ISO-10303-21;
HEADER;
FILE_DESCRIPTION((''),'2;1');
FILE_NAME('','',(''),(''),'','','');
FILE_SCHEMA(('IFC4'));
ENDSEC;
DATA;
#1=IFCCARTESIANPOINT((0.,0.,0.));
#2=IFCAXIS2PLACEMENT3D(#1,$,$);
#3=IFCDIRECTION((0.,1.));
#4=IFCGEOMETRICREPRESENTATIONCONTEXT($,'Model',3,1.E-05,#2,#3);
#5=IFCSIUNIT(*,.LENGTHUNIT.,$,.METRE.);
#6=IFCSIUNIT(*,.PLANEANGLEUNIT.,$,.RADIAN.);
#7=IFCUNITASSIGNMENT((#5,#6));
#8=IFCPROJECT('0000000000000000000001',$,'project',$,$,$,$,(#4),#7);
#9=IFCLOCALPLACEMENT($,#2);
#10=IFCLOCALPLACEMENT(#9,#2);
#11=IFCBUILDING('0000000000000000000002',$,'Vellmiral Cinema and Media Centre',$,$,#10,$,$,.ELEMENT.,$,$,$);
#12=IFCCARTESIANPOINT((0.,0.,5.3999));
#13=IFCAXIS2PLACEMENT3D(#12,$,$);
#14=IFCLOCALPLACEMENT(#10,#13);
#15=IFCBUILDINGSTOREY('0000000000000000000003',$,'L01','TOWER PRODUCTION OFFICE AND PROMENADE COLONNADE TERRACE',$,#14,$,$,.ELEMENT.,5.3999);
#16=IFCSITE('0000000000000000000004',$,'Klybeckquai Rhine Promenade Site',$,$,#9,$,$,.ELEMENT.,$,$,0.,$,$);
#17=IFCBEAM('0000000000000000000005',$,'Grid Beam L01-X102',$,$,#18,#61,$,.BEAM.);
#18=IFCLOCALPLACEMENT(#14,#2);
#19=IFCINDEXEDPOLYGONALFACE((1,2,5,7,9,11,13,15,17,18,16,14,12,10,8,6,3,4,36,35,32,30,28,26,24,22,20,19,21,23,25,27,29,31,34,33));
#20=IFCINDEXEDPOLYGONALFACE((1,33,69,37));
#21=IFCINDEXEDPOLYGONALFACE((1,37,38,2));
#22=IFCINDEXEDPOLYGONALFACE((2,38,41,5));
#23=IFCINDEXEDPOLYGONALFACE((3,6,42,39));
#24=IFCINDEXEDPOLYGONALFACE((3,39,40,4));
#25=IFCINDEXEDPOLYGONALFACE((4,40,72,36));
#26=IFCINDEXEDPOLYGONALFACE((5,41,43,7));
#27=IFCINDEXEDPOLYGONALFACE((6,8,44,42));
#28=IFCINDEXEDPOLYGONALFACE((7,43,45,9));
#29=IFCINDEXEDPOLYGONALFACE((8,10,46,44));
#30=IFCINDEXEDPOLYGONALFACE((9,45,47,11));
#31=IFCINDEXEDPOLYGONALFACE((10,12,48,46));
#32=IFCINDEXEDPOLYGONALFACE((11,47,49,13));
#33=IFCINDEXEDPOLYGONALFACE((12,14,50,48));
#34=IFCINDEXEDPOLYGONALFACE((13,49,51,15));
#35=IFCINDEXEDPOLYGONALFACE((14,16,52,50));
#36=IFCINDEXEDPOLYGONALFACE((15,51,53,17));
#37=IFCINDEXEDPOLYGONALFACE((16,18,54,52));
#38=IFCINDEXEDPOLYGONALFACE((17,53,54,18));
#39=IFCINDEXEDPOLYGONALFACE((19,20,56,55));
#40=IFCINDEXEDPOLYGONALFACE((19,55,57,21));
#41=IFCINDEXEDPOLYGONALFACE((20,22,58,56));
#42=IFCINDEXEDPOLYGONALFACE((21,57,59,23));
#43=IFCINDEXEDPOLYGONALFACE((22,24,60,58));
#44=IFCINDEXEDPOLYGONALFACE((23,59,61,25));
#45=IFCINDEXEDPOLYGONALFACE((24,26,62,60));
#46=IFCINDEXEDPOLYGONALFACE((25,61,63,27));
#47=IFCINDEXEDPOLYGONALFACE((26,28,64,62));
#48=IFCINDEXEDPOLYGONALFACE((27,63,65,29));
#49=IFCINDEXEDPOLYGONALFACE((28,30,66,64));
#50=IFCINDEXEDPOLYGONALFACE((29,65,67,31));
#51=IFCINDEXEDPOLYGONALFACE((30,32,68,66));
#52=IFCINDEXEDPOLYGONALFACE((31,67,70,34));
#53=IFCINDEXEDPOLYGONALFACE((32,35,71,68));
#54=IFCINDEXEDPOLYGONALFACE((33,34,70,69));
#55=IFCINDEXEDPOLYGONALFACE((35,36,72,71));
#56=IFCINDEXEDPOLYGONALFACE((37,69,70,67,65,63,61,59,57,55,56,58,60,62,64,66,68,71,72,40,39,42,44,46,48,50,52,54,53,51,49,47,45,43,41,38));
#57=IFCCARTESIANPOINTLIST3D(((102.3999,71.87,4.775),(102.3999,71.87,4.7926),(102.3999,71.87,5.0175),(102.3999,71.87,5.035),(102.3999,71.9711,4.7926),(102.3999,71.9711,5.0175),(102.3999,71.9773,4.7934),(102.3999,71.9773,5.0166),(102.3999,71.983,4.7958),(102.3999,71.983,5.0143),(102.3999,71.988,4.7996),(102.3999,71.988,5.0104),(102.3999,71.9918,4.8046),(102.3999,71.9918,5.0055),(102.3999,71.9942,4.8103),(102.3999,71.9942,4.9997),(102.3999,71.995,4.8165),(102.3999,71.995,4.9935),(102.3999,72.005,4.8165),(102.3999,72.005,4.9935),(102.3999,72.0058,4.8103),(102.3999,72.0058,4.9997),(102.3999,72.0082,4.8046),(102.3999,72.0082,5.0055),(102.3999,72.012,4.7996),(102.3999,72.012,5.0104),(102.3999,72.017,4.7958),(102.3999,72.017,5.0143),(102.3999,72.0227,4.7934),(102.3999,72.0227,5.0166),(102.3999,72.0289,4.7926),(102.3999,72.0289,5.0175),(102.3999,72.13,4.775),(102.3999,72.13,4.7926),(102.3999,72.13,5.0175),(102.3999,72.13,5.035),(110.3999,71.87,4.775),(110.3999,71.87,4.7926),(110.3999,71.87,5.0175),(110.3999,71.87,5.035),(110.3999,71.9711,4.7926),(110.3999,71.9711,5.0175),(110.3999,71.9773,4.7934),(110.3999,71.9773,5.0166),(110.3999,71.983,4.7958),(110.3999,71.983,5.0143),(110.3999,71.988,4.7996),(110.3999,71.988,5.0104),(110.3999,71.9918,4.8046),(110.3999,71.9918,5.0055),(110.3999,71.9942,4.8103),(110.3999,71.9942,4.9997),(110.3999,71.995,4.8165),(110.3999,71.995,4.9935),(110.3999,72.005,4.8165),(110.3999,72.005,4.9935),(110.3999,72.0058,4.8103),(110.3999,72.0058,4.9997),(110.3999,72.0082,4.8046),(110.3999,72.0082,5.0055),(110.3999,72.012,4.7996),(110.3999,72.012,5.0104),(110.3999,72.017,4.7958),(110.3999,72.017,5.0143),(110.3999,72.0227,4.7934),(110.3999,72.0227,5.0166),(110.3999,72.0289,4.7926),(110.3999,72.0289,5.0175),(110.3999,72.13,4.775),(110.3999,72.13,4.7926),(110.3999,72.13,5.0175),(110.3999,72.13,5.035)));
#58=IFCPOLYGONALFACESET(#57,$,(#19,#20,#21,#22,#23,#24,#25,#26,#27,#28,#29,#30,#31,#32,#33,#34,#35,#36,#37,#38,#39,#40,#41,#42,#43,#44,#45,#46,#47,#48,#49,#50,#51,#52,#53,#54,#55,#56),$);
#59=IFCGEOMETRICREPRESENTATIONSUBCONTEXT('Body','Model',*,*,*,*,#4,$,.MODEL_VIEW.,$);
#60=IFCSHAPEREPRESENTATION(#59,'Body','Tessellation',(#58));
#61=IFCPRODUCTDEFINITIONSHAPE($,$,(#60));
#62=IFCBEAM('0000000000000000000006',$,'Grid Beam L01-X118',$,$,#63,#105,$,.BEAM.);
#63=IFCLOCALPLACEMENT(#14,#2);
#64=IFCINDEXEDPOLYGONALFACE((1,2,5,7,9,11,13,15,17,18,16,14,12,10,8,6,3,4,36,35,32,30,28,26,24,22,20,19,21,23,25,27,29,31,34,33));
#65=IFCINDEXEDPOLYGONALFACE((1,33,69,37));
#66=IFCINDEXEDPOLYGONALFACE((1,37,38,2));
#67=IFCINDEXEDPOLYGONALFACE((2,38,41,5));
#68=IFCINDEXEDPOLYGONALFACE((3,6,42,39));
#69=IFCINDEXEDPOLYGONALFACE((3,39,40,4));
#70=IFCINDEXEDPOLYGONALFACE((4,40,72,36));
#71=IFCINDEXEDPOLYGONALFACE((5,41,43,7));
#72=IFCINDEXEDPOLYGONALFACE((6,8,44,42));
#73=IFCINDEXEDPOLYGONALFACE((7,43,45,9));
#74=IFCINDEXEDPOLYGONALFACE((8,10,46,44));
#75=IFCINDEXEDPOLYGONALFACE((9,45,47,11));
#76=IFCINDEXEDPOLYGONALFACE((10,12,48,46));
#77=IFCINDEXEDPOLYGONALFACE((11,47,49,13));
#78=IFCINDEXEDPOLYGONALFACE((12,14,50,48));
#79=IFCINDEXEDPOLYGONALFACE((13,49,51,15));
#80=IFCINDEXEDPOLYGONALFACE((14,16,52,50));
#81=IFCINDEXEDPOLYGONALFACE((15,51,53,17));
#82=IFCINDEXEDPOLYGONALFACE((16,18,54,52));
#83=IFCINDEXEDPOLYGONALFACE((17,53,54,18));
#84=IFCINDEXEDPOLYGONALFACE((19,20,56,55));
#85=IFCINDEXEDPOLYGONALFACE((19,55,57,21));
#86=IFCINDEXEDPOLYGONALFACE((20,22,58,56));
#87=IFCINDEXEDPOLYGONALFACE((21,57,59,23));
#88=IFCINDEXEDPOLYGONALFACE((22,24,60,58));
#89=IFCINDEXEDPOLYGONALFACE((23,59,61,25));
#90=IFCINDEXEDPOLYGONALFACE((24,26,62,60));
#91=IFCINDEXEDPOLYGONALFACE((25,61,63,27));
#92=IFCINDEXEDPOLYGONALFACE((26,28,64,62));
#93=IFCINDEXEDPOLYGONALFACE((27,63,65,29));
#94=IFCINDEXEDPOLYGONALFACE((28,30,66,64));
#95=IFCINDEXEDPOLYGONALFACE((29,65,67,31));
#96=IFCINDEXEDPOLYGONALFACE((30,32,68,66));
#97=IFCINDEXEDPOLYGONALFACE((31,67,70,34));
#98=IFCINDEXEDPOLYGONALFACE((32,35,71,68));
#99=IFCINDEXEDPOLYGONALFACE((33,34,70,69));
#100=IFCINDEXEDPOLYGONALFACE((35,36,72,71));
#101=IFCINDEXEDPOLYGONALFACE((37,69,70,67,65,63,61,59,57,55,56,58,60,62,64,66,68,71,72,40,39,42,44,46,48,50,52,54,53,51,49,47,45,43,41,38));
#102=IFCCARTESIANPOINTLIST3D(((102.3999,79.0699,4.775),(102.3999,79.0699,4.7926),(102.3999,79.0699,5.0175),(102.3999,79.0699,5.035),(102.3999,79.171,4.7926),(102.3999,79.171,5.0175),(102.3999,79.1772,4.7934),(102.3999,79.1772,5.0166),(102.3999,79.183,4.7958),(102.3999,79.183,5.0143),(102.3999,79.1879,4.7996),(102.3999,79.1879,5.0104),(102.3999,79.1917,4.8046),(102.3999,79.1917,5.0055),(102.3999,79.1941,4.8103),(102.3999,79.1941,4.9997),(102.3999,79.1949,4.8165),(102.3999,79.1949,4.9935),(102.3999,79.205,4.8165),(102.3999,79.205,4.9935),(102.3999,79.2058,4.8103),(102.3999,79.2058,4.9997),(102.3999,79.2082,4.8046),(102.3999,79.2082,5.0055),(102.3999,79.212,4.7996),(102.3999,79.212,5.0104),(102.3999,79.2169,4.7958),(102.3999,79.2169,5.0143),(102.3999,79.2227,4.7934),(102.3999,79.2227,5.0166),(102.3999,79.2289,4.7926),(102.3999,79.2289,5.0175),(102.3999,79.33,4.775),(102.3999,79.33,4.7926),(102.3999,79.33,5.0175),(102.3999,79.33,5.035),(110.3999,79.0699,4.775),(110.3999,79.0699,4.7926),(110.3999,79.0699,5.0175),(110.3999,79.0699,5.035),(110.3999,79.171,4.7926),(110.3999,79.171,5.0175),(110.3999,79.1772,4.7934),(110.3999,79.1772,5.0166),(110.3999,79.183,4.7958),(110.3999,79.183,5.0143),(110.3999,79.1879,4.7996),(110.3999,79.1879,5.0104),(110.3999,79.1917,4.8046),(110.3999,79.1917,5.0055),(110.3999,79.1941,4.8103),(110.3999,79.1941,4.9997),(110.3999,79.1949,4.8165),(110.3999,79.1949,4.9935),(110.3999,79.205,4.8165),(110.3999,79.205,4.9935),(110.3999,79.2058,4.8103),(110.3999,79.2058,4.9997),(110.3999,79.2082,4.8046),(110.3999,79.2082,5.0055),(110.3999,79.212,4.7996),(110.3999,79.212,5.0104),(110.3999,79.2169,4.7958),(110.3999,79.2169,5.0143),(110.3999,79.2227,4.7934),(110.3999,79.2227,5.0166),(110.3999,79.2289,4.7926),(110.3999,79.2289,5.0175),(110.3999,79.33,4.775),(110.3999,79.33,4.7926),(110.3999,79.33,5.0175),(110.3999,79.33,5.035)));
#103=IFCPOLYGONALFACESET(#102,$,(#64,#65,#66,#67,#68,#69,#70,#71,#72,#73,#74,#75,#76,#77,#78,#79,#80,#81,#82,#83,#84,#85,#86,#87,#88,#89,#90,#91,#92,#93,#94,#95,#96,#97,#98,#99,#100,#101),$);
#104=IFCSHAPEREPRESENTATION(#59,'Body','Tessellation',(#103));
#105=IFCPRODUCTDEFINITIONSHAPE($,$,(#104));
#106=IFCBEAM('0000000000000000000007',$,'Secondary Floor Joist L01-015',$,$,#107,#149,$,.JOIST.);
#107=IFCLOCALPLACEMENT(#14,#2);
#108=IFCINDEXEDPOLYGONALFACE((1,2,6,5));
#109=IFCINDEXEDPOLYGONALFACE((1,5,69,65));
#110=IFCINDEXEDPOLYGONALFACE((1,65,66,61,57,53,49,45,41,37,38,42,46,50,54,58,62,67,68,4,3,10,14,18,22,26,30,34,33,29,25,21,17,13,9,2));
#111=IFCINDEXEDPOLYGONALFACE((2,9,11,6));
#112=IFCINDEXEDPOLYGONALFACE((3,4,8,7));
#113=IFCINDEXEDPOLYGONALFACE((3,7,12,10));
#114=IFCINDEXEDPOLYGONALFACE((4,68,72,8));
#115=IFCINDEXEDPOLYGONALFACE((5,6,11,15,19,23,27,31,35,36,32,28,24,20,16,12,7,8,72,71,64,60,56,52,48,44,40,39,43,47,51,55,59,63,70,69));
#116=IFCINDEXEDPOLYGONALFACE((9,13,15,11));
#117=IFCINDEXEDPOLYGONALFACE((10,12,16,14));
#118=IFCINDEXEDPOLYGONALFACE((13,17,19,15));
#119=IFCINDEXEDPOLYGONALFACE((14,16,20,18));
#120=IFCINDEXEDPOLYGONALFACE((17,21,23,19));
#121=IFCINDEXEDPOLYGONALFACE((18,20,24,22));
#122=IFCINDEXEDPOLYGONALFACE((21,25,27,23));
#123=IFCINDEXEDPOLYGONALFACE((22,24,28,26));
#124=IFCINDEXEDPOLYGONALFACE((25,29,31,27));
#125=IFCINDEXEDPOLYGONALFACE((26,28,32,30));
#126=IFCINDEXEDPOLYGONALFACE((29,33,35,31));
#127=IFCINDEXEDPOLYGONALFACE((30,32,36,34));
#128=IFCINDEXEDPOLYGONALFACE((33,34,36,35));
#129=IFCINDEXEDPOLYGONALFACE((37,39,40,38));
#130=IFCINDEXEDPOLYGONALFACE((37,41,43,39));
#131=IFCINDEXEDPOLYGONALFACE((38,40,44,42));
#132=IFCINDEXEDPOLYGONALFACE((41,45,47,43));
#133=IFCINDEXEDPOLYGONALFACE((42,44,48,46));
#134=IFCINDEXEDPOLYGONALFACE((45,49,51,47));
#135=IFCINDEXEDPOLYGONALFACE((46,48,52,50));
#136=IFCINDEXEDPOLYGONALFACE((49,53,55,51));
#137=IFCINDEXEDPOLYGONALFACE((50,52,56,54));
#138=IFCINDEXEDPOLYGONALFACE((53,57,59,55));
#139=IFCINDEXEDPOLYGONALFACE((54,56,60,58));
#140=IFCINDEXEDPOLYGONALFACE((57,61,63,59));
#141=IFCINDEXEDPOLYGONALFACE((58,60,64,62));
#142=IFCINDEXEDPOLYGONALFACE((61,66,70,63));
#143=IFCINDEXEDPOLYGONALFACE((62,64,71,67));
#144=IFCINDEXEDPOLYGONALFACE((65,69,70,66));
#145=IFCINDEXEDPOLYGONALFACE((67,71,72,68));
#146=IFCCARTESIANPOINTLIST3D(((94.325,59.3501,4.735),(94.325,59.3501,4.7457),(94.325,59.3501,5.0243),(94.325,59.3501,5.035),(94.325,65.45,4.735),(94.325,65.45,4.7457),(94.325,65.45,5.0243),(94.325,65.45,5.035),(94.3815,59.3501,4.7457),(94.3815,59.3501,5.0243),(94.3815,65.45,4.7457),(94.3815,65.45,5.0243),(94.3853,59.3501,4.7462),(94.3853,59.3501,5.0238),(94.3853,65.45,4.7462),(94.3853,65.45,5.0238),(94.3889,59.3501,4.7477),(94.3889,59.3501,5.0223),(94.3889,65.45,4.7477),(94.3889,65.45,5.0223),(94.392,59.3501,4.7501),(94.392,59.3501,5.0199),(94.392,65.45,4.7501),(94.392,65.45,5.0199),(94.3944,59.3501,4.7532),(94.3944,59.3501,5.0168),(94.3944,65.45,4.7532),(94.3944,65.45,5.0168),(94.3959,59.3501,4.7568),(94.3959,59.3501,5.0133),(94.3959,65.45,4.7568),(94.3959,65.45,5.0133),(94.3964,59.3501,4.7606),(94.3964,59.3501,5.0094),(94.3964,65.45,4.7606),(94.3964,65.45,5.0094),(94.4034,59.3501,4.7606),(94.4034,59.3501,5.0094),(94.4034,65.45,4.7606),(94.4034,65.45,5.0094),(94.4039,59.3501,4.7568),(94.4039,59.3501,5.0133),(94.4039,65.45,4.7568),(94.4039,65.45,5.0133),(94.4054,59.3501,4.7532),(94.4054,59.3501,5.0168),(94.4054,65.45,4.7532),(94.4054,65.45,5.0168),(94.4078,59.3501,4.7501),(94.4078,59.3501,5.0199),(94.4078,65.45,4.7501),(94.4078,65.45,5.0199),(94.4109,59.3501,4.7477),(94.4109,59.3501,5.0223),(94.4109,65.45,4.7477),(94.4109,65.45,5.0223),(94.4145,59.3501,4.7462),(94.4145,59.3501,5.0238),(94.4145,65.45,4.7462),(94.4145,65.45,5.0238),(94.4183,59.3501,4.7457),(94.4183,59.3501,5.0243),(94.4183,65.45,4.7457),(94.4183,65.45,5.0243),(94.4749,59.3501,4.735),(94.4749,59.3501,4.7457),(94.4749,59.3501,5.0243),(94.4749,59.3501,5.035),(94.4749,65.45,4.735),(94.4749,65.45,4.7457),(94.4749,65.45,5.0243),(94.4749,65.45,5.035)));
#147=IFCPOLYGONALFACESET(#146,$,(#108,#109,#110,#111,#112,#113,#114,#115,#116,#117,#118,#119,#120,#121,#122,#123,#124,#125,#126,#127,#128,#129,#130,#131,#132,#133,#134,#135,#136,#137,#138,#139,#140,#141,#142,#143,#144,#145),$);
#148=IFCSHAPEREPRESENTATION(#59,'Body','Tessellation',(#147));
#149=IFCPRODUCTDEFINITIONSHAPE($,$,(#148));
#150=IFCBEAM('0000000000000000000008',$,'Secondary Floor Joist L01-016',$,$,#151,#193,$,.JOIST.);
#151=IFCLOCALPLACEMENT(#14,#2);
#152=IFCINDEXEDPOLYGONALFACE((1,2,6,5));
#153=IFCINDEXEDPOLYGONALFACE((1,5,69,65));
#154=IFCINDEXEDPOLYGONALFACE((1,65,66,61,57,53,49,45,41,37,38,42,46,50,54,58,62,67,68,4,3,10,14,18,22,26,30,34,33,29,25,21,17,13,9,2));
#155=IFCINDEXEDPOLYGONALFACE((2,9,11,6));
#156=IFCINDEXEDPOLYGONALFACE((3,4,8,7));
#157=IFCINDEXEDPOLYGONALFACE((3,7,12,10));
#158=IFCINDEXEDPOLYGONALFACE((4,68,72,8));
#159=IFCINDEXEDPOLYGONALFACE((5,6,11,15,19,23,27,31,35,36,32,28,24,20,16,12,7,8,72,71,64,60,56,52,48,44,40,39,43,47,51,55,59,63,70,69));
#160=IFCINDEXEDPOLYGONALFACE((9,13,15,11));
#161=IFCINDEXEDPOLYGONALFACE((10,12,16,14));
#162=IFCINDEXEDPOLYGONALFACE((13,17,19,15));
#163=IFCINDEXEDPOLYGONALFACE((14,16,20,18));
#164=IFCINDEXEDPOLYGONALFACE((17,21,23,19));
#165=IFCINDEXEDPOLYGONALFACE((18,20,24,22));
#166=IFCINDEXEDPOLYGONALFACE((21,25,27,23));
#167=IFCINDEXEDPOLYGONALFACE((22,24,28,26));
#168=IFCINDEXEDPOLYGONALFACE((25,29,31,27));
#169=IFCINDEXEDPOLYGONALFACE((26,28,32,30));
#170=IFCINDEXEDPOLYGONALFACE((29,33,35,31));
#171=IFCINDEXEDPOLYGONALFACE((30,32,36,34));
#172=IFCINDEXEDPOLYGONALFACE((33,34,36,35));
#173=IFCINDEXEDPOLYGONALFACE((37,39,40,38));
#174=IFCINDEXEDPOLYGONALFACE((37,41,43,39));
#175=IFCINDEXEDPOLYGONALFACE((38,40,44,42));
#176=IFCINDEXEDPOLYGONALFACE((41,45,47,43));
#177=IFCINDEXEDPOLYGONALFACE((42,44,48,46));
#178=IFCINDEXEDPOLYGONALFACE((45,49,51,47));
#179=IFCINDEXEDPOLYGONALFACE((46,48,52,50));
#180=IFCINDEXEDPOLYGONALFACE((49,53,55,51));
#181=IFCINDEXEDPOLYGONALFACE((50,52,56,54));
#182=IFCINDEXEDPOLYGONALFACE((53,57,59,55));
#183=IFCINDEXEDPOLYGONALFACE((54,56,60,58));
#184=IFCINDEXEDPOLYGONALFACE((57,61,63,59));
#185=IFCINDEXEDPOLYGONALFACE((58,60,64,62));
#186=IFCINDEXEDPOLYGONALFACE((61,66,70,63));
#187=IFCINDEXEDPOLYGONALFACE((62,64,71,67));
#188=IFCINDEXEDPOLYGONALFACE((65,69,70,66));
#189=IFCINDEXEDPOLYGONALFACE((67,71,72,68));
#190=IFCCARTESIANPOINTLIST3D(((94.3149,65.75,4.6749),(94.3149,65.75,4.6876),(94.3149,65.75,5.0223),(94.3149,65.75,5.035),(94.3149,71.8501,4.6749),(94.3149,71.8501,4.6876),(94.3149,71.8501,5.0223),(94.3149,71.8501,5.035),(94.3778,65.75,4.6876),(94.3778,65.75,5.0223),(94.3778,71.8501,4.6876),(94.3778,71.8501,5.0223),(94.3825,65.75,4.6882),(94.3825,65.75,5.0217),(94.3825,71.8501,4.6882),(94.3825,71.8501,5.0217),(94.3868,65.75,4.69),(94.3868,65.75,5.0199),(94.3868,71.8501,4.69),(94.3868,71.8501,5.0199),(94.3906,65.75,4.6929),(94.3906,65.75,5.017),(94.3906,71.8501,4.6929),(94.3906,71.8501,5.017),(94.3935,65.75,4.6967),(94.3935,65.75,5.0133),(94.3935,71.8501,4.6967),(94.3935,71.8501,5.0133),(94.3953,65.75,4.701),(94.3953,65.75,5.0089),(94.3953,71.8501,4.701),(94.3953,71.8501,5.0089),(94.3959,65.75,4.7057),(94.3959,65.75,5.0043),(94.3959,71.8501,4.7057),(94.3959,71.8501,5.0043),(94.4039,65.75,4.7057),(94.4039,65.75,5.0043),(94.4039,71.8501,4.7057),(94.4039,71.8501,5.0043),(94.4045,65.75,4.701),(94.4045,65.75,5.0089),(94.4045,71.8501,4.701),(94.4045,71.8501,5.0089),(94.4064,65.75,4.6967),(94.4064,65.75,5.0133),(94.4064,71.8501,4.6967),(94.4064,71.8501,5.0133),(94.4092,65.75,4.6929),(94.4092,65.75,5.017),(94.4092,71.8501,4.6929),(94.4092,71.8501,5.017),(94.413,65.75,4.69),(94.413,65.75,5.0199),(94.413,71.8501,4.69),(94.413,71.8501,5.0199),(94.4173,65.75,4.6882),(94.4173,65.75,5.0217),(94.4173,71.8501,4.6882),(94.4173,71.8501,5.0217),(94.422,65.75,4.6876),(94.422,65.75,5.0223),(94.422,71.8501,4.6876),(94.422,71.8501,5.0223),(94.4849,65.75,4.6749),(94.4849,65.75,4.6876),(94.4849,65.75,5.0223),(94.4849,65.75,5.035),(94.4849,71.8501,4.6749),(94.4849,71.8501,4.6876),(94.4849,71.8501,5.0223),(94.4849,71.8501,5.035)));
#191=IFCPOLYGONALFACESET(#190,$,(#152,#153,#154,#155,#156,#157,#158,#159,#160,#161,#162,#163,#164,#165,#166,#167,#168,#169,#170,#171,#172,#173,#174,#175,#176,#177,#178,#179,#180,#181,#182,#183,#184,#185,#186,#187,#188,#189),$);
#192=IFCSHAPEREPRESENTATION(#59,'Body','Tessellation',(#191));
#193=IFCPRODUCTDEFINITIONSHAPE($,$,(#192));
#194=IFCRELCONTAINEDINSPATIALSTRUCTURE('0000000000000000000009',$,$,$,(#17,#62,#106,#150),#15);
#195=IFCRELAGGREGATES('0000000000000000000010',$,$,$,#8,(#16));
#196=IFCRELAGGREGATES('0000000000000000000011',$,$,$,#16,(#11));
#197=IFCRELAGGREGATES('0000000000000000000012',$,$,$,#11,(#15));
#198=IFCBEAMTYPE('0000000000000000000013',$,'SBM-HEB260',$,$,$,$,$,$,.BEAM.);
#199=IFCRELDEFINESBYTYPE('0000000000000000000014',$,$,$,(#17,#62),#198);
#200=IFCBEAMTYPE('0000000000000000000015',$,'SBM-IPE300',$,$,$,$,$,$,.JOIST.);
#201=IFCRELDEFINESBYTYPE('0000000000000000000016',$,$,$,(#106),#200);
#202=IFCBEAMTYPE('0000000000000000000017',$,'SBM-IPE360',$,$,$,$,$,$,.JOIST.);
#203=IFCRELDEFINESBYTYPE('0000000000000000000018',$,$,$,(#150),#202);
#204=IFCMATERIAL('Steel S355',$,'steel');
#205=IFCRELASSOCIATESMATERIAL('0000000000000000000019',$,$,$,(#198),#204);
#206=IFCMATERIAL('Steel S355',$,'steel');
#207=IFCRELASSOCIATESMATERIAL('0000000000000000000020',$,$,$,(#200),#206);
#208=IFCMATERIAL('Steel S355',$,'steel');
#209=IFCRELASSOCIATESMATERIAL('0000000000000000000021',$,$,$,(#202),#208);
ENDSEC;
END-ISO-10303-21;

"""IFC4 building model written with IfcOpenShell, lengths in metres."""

from ifc_helpers import new_model, si_unit, direction, frame, origin, origin_2d, place, context, subcontext, project, spatial, i_section, extrude, material, material_profile, profile_set, type_object, element, save


model = new_model("IFC4")

# Units and contexts
model_context = context("Model", 3, precision=1e-05, world=origin(), true_north=direction((0.0, 1.0)))
body_context = subcontext(model_context, "Body", "Model", "MODEL_VIEW")
ifc_project = project(units=[si_unit("LENGTHUNIT", "METRE"), si_unit("PLANEANGLEUNIT", "RADIAN")], contexts=[model_context])

# Site, building, storey
site_placement = place(None, origin())
site = spatial("IfcSite", under=ifc_project, at=site_placement, Name="Klybeckquai Rhine Promenade Site", CompositionType="ELEMENT", RefElevation=0.0)
building_placement = place(site_placement, origin())
building = spatial("IfcBuilding", under=site, at=building_placement, Name="Vellmiral Cinema and Media Centre", CompositionType="ELEMENT")
storey_placement = place(building_placement, frame((0.0, 0.0, 5.3999)))
storey = spatial("IfcBuildingStorey", under=building, at=storey_placement, Name="L01", Description="TOWER PRODUCTION OFFICE AND PROMENADE COLONNADE TERRACE", CompositionType="ELEMENT", Elevation=5.3999)

# Beams
ifc_material_1 = material(Name="Steel S355", Category="steel")
ifc_material_profile_1 = material_profile(ifc_material_1, i_section(OverallWidth=0.26, OverallDepth=0.26, WebThickness=0.01, FlangeThickness=0.0176, FilletRadius=0.0239, at=origin_2d()), Name="HEB 260")
ifc_profile_set_1 = profile_set([ifc_material_profile_1], Name="Steel S355")
beam_type_1 = type_object("IfcBeamType", Name="SBM-HEB260", PredefinedType="BEAM", material=ifc_profile_set_1)
for number, where, z_axis, x_axis, name in (
    (1, (102.3999, 72.0, 4.905), (1.0, 0.0, 0.0), (0.0, 1.0, 0.0), "Grid Beam L01-X102"),
    (2, (102.3999, 79.2, 4.905), (1.0, 0.0, 0.0), (0.0, 1.0, 0.0), "Grid Beam L01-X118"),
):
    element("IfcBeam", number, at=place(storey_placement, frame(where, z_axis=z_axis, x_axis=x_axis)), inside=storey, type_object=beam_type_1, Name=name, PredefinedType="BEAM", context=body_context, shape_type="SweptSolid", body=[
        extrude(i_section(OverallWidth=0.26, OverallDepth=0.26, WebThickness=0.01, FlangeThickness=0.0176, FilletRadius=0.0239, at=origin_2d()), origin(), (0.0, 0.0, 1.0), 8.0),
    ])
ifc_material_2 = material(Name="Steel S355", Category="steel")
ifc_material_profile_2 = material_profile(ifc_material_2, i_section(OverallWidth=0.1499, OverallDepth=0.3, WebThickness=0.0071, FlangeThickness=0.0107, FilletRadius=0.0149, at=origin_2d()), Name="IPE 300")
ifc_profile_set_2 = profile_set([ifc_material_profile_2], Name="Steel S355")
beam_type_2 = type_object("IfcBeamType", Name="SBM-IPE300", PredefinedType="JOIST", material=ifc_profile_set_2)
beam_1_placement = place(storey_placement, frame((94.3999, 59.3501, 4.885), z_axis=(0.0, 1.0, 0.0), x_axis=(-1.0, 0.0, 0.0)))
element("IfcBeam", 3, at=beam_1_placement, inside=storey, type_object=beam_type_2, Name="Secondary Floor Joist L01-015", PredefinedType="JOIST", context=body_context, shape_type="SweptSolid", body=[
    extrude(i_section(OverallWidth=0.1499, OverallDepth=0.3, WebThickness=0.0071, FlangeThickness=0.0107, FilletRadius=0.0149, at=origin_2d()), origin(), (0.0, 0.0, 1.0), 6.0999),
])
ifc_material_3 = material(Name="Steel S355", Category="steel")
ifc_material_profile_3 = material_profile(ifc_material_3, i_section(OverallWidth=0.1699, OverallDepth=0.3601, WebThickness=0.0081, FlangeThickness=0.0127, FilletRadius=0.0181, at=origin_2d()), Name="IPE 360")
ifc_profile_set_3 = profile_set([ifc_material_profile_3], Name="Steel S355")
beam_type_3 = type_object("IfcBeamType", Name="SBM-IPE360", PredefinedType="JOIST", material=ifc_profile_set_3)
beam_2_placement = place(storey_placement, frame((94.3999, 65.75, 4.855), z_axis=(0.0, 1.0, 0.0), x_axis=(-1.0, 0.0, 0.0)))
element("IfcBeam", 4, at=beam_2_placement, inside=storey, type_object=beam_type_3, Name="Secondary Floor Joist L01-016", PredefinedType="JOIST", context=body_context, shape_type="SweptSolid", body=[
    extrude(i_section(OverallWidth=0.1699, OverallDepth=0.3601, WebThickness=0.0081, FlangeThickness=0.0127, FilletRadius=0.0181, at=origin_2d()), origin(), (0.0, 0.0, 1.0), 6.1001),
])

save(model, "model.ifc")
